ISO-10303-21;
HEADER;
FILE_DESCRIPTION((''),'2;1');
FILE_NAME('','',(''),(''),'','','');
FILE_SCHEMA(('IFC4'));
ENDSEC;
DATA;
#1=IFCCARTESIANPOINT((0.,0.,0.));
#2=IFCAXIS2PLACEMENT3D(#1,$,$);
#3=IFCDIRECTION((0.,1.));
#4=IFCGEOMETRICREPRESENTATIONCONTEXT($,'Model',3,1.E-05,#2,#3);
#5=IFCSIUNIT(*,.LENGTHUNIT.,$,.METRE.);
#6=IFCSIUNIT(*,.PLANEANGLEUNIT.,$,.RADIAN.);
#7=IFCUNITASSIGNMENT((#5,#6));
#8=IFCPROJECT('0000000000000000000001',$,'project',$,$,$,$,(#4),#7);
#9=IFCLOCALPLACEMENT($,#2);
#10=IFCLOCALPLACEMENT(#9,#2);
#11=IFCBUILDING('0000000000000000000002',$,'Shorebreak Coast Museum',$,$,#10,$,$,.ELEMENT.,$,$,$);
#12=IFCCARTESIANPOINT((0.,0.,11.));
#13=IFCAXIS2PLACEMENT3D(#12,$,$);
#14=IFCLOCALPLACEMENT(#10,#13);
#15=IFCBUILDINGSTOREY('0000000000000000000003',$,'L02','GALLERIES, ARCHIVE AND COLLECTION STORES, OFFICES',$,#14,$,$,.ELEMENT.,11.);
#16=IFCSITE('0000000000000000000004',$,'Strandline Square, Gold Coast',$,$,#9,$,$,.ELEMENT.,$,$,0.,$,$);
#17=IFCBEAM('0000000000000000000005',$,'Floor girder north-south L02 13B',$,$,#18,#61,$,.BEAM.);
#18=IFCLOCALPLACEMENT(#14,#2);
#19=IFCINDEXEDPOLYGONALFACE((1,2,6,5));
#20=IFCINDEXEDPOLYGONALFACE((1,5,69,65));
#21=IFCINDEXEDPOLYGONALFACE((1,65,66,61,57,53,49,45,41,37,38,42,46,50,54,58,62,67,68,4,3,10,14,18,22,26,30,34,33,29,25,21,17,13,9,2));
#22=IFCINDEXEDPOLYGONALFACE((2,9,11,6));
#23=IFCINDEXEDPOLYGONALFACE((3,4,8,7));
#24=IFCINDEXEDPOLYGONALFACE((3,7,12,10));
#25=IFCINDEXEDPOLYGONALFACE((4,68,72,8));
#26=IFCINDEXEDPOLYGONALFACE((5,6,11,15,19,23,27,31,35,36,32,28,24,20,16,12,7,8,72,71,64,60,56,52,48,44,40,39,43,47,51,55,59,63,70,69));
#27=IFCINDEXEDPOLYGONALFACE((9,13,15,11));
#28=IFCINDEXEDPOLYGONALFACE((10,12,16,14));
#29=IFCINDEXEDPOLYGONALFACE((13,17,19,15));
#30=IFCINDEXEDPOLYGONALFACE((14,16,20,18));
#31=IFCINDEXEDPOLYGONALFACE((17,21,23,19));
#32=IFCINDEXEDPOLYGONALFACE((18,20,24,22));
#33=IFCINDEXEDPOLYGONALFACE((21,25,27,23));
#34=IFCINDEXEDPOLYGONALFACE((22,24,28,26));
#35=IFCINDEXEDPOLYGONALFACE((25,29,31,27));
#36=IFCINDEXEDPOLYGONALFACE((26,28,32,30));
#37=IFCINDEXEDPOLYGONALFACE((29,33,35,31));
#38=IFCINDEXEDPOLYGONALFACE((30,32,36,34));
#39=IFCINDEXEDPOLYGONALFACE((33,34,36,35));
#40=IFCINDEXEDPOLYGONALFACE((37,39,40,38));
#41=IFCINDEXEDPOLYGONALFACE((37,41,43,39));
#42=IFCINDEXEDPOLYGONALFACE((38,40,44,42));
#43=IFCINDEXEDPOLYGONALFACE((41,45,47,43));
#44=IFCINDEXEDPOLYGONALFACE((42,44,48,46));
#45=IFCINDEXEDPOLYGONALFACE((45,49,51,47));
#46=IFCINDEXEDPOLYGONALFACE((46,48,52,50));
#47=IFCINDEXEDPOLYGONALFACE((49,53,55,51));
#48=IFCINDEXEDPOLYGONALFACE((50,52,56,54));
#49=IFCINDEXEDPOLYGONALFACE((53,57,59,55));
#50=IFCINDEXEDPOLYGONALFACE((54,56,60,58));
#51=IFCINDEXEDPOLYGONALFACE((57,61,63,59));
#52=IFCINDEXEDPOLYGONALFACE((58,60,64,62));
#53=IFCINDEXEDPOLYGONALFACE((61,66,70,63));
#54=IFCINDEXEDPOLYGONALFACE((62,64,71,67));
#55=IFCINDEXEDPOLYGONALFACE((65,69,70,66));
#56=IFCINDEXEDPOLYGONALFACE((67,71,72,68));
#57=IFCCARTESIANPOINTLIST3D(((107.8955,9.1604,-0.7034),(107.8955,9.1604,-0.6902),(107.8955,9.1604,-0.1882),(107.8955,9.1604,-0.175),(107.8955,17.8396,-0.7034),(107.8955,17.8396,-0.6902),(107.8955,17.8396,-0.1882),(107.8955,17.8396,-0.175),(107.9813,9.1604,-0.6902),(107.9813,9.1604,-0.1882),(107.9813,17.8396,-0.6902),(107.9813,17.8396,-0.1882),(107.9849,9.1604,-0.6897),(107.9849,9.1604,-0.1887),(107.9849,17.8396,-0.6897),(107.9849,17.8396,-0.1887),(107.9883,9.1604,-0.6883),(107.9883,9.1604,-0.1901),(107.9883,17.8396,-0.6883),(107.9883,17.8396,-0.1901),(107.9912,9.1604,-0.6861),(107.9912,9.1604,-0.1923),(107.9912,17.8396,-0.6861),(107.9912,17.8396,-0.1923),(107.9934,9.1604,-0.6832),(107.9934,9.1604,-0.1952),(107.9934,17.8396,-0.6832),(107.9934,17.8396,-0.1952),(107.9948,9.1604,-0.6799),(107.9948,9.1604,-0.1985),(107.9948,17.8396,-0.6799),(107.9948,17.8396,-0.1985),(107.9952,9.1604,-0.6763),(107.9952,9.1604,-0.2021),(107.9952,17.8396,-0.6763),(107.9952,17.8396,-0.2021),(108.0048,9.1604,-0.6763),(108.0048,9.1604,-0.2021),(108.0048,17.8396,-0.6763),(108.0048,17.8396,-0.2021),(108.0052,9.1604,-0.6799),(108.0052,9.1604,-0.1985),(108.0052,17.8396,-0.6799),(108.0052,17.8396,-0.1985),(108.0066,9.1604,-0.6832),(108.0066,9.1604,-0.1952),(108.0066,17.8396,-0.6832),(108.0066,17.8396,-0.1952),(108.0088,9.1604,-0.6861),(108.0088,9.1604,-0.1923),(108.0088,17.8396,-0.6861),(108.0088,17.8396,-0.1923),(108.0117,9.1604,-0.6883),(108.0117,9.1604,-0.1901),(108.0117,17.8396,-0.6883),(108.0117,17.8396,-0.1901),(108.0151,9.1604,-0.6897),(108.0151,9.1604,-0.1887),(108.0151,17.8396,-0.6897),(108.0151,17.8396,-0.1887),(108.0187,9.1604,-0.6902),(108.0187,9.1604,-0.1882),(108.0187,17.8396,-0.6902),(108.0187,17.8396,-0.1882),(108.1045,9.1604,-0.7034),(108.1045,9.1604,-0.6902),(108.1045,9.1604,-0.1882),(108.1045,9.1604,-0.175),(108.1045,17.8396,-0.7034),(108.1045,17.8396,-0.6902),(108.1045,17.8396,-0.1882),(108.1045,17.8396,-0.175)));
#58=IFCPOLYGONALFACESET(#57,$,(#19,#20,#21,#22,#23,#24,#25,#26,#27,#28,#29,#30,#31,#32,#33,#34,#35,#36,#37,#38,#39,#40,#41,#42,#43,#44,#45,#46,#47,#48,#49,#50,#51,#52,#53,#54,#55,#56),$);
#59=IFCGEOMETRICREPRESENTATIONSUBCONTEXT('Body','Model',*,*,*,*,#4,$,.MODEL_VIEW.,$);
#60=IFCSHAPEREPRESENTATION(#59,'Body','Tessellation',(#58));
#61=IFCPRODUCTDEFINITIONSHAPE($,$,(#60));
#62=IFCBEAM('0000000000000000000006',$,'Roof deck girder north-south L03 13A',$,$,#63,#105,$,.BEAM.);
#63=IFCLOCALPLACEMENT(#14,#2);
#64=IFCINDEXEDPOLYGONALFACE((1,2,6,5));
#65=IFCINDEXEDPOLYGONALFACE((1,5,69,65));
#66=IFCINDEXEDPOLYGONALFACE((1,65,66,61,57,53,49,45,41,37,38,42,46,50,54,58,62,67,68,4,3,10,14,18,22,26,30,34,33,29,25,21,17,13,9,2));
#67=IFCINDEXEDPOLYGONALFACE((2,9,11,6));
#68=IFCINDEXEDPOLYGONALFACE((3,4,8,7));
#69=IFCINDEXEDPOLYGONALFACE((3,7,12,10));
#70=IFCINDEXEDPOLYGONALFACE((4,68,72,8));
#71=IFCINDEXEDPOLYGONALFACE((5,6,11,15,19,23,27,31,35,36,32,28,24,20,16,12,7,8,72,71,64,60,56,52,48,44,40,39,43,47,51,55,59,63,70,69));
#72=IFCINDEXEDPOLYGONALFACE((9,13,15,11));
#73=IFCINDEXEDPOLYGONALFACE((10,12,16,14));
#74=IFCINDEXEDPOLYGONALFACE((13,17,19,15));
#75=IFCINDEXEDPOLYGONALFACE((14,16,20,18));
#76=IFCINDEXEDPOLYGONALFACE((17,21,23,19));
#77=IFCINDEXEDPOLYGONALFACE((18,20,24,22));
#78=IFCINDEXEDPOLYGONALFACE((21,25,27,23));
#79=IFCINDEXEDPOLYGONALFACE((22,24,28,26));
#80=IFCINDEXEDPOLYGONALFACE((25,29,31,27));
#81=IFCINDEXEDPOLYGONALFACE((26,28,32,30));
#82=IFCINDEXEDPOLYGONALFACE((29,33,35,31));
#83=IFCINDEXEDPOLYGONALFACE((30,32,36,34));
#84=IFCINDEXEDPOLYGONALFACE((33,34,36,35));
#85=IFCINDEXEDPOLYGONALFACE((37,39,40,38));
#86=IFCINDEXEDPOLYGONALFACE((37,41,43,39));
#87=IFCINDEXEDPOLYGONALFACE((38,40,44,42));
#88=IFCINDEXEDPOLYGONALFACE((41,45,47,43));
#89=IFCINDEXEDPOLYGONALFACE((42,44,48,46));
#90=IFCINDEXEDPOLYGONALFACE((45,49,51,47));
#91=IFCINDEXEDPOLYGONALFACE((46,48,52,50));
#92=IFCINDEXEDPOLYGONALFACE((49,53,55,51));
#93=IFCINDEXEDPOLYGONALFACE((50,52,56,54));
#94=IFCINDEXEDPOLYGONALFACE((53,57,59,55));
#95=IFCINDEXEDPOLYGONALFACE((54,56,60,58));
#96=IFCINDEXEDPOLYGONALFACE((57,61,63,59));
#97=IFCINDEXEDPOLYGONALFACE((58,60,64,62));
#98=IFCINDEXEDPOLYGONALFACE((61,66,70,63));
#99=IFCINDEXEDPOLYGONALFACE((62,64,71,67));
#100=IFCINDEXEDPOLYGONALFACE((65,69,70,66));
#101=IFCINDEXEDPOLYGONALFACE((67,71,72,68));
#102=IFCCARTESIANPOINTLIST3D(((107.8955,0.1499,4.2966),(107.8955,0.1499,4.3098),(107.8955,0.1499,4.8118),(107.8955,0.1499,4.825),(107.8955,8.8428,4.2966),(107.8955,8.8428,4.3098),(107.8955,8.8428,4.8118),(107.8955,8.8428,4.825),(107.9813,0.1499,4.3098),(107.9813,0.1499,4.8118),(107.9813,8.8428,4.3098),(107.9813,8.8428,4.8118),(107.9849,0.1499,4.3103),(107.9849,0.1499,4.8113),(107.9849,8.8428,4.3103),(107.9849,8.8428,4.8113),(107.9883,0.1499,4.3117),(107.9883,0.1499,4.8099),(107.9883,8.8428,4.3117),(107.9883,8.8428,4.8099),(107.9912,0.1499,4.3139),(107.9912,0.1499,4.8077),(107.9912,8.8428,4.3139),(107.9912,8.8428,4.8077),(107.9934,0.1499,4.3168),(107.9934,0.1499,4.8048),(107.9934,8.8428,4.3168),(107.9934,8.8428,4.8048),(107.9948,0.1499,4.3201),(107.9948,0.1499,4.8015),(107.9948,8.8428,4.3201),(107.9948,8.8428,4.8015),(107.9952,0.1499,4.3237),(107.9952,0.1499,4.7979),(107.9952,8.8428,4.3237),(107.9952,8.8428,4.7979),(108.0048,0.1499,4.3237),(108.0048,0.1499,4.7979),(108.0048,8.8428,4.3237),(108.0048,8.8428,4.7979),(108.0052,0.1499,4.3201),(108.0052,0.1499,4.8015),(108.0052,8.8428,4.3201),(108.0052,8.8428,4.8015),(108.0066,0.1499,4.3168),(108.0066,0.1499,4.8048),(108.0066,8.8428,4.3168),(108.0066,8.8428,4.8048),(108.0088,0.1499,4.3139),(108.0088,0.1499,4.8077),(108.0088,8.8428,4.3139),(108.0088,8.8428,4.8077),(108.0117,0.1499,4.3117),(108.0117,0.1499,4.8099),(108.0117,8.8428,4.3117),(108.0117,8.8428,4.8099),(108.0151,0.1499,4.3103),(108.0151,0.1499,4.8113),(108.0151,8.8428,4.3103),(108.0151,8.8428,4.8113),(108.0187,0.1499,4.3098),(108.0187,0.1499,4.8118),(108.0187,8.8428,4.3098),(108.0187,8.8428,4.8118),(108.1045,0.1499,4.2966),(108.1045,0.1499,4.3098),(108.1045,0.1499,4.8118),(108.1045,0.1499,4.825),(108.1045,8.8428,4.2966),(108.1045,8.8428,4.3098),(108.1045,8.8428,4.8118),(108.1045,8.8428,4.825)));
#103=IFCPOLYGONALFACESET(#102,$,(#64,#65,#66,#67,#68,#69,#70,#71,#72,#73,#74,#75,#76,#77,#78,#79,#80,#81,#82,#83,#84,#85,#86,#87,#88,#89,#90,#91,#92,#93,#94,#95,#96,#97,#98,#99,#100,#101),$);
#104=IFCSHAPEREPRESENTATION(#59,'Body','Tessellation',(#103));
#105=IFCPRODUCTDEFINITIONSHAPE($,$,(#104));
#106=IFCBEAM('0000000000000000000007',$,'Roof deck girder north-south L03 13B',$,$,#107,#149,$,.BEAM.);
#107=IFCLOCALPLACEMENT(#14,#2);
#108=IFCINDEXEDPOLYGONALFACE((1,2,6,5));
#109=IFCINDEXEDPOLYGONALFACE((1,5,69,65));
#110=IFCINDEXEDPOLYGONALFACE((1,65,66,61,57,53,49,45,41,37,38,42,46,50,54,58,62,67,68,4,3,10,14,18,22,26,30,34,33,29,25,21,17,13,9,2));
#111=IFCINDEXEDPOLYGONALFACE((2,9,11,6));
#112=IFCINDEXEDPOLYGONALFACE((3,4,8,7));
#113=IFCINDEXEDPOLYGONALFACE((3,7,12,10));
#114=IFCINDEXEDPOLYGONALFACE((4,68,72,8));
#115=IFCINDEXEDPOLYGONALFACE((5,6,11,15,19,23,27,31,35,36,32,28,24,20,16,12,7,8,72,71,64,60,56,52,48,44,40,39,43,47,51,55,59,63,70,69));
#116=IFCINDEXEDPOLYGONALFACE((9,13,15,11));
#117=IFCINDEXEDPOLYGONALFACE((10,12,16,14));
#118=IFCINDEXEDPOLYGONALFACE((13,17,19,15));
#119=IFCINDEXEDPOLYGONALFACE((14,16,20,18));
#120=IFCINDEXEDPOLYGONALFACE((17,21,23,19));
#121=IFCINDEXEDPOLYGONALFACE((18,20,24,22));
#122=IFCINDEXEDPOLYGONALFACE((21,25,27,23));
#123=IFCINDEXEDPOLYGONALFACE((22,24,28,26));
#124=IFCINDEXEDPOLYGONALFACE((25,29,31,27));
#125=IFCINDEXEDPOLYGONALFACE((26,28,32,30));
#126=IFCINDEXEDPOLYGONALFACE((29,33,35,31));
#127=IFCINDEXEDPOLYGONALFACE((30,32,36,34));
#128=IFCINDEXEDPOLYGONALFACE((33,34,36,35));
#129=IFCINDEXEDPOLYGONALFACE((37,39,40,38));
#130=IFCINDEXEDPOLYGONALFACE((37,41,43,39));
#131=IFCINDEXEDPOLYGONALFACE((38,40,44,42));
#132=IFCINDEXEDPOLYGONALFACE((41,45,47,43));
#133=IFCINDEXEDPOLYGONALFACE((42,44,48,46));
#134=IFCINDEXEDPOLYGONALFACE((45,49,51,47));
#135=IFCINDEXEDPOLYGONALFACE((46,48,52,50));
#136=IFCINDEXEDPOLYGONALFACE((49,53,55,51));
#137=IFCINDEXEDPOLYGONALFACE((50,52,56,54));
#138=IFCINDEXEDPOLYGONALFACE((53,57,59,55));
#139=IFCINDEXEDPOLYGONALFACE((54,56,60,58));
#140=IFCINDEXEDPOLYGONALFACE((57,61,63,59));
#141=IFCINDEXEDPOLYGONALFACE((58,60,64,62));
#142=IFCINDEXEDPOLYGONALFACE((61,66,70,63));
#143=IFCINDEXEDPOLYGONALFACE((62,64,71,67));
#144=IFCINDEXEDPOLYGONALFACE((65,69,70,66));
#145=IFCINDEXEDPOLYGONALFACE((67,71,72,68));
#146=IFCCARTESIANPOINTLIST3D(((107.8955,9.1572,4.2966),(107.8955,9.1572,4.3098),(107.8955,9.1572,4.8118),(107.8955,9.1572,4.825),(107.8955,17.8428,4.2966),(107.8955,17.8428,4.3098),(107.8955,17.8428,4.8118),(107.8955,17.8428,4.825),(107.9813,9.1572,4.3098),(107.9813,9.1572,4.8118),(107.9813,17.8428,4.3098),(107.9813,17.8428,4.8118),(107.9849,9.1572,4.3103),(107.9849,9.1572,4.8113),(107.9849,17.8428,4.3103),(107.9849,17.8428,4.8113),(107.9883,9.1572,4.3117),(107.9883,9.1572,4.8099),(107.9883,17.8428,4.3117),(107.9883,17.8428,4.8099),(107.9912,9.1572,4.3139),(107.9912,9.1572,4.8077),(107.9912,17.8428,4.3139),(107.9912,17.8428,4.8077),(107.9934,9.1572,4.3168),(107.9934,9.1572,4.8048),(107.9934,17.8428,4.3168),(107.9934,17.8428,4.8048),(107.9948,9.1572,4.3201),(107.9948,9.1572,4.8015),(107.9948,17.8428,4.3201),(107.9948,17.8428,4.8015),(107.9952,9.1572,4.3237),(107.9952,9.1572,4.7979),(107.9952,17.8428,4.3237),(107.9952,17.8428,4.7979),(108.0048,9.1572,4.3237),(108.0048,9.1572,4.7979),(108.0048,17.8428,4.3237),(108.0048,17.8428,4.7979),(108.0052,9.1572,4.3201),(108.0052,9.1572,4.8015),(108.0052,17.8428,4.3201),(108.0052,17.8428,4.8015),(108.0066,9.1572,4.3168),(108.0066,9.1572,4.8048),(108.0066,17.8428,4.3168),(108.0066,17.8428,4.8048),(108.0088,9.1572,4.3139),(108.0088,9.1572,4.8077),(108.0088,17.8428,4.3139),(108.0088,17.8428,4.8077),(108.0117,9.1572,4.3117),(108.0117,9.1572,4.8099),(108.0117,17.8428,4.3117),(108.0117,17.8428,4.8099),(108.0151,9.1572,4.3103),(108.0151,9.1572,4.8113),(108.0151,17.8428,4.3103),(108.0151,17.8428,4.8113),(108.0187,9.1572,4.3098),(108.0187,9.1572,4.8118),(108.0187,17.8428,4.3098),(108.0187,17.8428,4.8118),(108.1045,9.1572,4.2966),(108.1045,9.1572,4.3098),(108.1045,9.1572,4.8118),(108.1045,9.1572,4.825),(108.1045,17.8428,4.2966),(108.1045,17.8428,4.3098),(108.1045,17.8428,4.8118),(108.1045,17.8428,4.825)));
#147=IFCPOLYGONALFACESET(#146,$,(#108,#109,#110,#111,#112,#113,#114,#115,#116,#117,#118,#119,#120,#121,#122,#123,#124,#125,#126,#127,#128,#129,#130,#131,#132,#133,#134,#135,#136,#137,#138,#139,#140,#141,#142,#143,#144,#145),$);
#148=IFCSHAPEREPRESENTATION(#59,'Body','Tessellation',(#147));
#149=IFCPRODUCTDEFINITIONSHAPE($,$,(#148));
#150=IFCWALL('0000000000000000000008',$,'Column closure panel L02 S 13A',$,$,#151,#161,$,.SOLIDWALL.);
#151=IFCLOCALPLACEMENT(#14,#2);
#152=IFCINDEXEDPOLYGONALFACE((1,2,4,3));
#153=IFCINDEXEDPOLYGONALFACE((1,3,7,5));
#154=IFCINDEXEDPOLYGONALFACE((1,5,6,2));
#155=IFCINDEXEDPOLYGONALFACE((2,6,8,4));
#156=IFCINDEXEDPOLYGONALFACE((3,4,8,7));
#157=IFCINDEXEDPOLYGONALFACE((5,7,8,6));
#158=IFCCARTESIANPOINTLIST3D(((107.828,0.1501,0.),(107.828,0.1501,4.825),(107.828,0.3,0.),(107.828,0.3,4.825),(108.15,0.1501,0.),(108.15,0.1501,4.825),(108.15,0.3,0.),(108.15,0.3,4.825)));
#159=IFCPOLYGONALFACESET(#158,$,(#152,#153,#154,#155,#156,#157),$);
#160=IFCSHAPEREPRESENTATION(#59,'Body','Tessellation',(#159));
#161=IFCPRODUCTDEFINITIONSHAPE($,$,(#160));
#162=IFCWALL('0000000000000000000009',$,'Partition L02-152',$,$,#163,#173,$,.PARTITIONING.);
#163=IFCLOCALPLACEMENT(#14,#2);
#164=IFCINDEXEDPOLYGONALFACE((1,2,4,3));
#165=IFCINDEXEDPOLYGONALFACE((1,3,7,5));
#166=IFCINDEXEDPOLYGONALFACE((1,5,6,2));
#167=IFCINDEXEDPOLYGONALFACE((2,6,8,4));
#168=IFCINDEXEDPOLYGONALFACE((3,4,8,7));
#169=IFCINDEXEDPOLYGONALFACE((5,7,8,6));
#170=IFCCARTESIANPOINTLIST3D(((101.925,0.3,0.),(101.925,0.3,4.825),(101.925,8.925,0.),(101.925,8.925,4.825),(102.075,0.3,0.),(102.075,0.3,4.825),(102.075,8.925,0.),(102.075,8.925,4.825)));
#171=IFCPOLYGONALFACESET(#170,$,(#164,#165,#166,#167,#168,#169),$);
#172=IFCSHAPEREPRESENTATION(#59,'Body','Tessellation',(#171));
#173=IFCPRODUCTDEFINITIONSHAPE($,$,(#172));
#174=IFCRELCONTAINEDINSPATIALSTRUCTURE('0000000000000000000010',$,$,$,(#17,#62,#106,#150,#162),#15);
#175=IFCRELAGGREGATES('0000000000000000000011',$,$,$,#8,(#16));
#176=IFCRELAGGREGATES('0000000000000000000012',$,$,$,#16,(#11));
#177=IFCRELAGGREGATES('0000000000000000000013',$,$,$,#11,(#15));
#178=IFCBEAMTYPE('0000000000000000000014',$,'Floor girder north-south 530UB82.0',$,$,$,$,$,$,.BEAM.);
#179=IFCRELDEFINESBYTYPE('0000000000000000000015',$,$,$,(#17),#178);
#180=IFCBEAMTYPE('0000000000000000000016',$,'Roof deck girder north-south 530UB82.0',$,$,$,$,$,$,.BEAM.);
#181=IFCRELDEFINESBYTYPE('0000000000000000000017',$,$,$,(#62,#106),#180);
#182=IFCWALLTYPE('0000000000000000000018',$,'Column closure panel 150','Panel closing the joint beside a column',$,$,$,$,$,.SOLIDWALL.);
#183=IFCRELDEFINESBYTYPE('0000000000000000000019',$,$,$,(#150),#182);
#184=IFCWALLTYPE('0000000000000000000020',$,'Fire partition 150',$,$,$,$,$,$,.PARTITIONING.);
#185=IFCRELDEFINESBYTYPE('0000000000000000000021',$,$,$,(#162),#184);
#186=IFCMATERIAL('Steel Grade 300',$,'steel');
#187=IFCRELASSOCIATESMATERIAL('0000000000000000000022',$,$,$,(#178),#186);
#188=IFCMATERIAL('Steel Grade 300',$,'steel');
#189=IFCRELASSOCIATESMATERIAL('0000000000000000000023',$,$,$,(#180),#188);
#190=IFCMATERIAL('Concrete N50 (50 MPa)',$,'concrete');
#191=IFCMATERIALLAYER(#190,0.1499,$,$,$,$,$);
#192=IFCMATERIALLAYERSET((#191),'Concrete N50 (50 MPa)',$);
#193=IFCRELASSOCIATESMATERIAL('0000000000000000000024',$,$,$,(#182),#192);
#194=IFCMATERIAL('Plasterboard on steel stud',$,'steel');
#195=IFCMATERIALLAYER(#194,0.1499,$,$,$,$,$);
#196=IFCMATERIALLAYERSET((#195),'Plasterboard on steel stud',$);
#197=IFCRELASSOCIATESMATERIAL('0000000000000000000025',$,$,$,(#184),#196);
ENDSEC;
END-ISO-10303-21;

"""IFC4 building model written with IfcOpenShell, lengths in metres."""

from ifc_helpers import new_model, si_unit, direction, frame, frame_2d, origin, origin_2d, place, context, subcontext, project, spatial, rectangle, i_section, extrude, material, layer, layer_set, material_profile, profile_set, type_object, element, save


model = new_model("IFC4")

# Units and contexts
model_context = context("Model", 3, precision=1e-05, world=origin(), true_north=direction((0.0, 1.0)))
body_context = subcontext(model_context, "Body", "Model", "MODEL_VIEW")
ifc_project = project(units=[si_unit("LENGTHUNIT", "METRE"), si_unit("PLANEANGLEUNIT", "RADIAN")], contexts=[model_context])

# Site, building, storey
site_placement = place(None, origin())
site = spatial("IfcSite", under=ifc_project, at=site_placement, Name="Strandline Square, Gold Coast", CompositionType="ELEMENT", RefElevation=0.0)
building_placement = place(site_placement, origin())
building = spatial("IfcBuilding", under=site, at=building_placement, Name="Shorebreak Coast Museum", CompositionType="ELEMENT")
storey_placement = place(building_placement, frame((0.0, 0.0, 11.0)))
storey = spatial("IfcBuildingStorey", under=building, at=storey_placement, Name="L02", Description="GALLERIES, ARCHIVE AND COLLECTION STORES, OFFICES", CompositionType="ELEMENT", Elevation=11.0)

# Beams
ifc_material_1 = material(Name="Steel Grade 300", Category="steel")
ifc_material_profile_1 = material_profile(ifc_material_1, i_section(OverallWidth=0.209, OverallDepth=0.5283, WebThickness=0.0095, FlangeThickness=0.0132, FilletRadius=0.0139, at=origin_2d()), Name="530UB82.0")
ifc_profile_set_1 = profile_set([ifc_material_profile_1], Name="Steel Grade 300")
beam_type_1 = type_object("IfcBeamType", Name="Floor girder north-south 530UB82.0", PredefinedType="BEAM", material=ifc_profile_set_1)
beam_1_placement = place(storey_placement, frame((108.0, 9.1604, -0.4392), z_axis=(0.0, 1.0, 0.0), x_axis=(-1.0, 0.0, 0.0)))
element("IfcBeam", 1, at=beam_1_placement, inside=storey, type_object=beam_type_1, Name="Floor girder north-south L02 13B", PredefinedType="BEAM", context=body_context, shape_type="SweptSolid", body=[
    extrude(i_section(OverallWidth=0.209, OverallDepth=0.5283, WebThickness=0.0095, FlangeThickness=0.0132, FilletRadius=0.0139, at=origin_2d()), origin(), (0.0, 0.0, 1.0), 8.6792),
])
ifc_material_2 = material(Name="Steel Grade 300", Category="steel")
ifc_material_profile_2 = material_profile(ifc_material_2, i_section(OverallWidth=0.209, OverallDepth=0.5283, WebThickness=0.0095, FlangeThickness=0.0132, FilletRadius=0.0139, at=origin_2d()), Name="530UB82.0")
ifc_profile_set_2 = profile_set([ifc_material_profile_2], Name="Steel Grade 300")
beam_type_2 = type_object("IfcBeamType", Name="Roof deck girder north-south 530UB82.0", PredefinedType="BEAM", material=ifc_profile_set_2)
beam_2_placement = place(storey_placement, frame((108.0, 0.1499, 4.5608), z_axis=(0.0, 1.0, 0.0), x_axis=(-1.0, 0.0, 0.0)))
element("IfcBeam", 2, at=beam_2_placement, inside=storey, type_object=beam_type_2, Name="Roof deck girder north-south L03 13A", PredefinedType="BEAM", context=body_context, shape_type="SweptSolid", body=[
    extrude(i_section(OverallWidth=0.209, OverallDepth=0.5283, WebThickness=0.0095, FlangeThickness=0.0132, FilletRadius=0.0139, at=origin_2d()), origin(), (0.0, 0.0, 1.0), 8.6929),
])
beam_3_placement = place(storey_placement, frame((108.0, 9.1572, 4.5608), z_axis=(0.0, 1.0, 0.0), x_axis=(-1.0, 0.0, 0.0)))
element("IfcBeam", 3, at=beam_3_placement, inside=storey, type_object=beam_type_2, Name="Roof deck girder north-south L03 13B", PredefinedType="BEAM", context=body_context, shape_type="SweptSolid", body=[
    extrude(i_section(OverallWidth=0.209, OverallDepth=0.5283, WebThickness=0.0095, FlangeThickness=0.0132, FilletRadius=0.0139, at=origin_2d()), origin(), (0.0, 0.0, 1.0), 8.6855),
])

# Walls
ifc_material_3 = material(Name="Concrete N50 (50 MPa)", Category="concrete")
ifc_layer_1 = layer(ifc_material_3, 0.1499)
ifc_layer_set_1 = layer_set([ifc_layer_1], Name="Concrete N50 (50 MPa)")
wall_type_1 = type_object("IfcWallType", Name="Column closure panel 150", Description="Panel closing the joint beside a column", PredefinedType="SOLIDWALL", material=ifc_layer_set_1)
wall_1_placement = place(storey_placement, frame((107.8279, 0.2251, 0.0), z_axis=(0.0, 0.0, 1.0), x_axis=(1.0, 0.0, 0.0)))
element("IfcWall", 4, at=wall_1_placement, inside=storey, type_object=wall_type_1, Name="Column closure panel L02 S 13A", PredefinedType="SOLIDWALL", context=body_context, shape_type="SweptSolid", body=[
    extrude(rectangle(XDim=0.322, YDim=0.1499, at=frame_2d((0.1611, 0.0))), origin(), (0.0, 0.0, 1.0), 4.825),
])
ifc_material_4 = material(Name="Plasterboard on steel stud", Category="steel")
ifc_layer_2 = layer(ifc_material_4, 0.1499)
ifc_layer_set_2 = layer_set([ifc_layer_2], Name="Plasterboard on steel stud")
wall_type_2 = type_object("IfcWallType", Name="Fire partition 150", PredefinedType="PARTITIONING", material=ifc_layer_set_2)
wall_2_placement = place(storey_placement, frame((102.0, 0.3, 0.0), z_axis=(0.0, 0.0, 1.0), x_axis=(0.0, 1.0, 0.0)))
element("IfcWall", 5, at=wall_2_placement, inside=storey, type_object=wall_type_2, Name="Partition L02-152", PredefinedType="PARTITIONING", context=body_context, shape_type="SweptSolid", body=[
    extrude(rectangle(XDim=8.625, YDim=0.1499, at=frame_2d((4.3125, 0.0))), origin(), (0.0, 0.0, 1.0), 4.825),
])

save(model, "model.ifc")
